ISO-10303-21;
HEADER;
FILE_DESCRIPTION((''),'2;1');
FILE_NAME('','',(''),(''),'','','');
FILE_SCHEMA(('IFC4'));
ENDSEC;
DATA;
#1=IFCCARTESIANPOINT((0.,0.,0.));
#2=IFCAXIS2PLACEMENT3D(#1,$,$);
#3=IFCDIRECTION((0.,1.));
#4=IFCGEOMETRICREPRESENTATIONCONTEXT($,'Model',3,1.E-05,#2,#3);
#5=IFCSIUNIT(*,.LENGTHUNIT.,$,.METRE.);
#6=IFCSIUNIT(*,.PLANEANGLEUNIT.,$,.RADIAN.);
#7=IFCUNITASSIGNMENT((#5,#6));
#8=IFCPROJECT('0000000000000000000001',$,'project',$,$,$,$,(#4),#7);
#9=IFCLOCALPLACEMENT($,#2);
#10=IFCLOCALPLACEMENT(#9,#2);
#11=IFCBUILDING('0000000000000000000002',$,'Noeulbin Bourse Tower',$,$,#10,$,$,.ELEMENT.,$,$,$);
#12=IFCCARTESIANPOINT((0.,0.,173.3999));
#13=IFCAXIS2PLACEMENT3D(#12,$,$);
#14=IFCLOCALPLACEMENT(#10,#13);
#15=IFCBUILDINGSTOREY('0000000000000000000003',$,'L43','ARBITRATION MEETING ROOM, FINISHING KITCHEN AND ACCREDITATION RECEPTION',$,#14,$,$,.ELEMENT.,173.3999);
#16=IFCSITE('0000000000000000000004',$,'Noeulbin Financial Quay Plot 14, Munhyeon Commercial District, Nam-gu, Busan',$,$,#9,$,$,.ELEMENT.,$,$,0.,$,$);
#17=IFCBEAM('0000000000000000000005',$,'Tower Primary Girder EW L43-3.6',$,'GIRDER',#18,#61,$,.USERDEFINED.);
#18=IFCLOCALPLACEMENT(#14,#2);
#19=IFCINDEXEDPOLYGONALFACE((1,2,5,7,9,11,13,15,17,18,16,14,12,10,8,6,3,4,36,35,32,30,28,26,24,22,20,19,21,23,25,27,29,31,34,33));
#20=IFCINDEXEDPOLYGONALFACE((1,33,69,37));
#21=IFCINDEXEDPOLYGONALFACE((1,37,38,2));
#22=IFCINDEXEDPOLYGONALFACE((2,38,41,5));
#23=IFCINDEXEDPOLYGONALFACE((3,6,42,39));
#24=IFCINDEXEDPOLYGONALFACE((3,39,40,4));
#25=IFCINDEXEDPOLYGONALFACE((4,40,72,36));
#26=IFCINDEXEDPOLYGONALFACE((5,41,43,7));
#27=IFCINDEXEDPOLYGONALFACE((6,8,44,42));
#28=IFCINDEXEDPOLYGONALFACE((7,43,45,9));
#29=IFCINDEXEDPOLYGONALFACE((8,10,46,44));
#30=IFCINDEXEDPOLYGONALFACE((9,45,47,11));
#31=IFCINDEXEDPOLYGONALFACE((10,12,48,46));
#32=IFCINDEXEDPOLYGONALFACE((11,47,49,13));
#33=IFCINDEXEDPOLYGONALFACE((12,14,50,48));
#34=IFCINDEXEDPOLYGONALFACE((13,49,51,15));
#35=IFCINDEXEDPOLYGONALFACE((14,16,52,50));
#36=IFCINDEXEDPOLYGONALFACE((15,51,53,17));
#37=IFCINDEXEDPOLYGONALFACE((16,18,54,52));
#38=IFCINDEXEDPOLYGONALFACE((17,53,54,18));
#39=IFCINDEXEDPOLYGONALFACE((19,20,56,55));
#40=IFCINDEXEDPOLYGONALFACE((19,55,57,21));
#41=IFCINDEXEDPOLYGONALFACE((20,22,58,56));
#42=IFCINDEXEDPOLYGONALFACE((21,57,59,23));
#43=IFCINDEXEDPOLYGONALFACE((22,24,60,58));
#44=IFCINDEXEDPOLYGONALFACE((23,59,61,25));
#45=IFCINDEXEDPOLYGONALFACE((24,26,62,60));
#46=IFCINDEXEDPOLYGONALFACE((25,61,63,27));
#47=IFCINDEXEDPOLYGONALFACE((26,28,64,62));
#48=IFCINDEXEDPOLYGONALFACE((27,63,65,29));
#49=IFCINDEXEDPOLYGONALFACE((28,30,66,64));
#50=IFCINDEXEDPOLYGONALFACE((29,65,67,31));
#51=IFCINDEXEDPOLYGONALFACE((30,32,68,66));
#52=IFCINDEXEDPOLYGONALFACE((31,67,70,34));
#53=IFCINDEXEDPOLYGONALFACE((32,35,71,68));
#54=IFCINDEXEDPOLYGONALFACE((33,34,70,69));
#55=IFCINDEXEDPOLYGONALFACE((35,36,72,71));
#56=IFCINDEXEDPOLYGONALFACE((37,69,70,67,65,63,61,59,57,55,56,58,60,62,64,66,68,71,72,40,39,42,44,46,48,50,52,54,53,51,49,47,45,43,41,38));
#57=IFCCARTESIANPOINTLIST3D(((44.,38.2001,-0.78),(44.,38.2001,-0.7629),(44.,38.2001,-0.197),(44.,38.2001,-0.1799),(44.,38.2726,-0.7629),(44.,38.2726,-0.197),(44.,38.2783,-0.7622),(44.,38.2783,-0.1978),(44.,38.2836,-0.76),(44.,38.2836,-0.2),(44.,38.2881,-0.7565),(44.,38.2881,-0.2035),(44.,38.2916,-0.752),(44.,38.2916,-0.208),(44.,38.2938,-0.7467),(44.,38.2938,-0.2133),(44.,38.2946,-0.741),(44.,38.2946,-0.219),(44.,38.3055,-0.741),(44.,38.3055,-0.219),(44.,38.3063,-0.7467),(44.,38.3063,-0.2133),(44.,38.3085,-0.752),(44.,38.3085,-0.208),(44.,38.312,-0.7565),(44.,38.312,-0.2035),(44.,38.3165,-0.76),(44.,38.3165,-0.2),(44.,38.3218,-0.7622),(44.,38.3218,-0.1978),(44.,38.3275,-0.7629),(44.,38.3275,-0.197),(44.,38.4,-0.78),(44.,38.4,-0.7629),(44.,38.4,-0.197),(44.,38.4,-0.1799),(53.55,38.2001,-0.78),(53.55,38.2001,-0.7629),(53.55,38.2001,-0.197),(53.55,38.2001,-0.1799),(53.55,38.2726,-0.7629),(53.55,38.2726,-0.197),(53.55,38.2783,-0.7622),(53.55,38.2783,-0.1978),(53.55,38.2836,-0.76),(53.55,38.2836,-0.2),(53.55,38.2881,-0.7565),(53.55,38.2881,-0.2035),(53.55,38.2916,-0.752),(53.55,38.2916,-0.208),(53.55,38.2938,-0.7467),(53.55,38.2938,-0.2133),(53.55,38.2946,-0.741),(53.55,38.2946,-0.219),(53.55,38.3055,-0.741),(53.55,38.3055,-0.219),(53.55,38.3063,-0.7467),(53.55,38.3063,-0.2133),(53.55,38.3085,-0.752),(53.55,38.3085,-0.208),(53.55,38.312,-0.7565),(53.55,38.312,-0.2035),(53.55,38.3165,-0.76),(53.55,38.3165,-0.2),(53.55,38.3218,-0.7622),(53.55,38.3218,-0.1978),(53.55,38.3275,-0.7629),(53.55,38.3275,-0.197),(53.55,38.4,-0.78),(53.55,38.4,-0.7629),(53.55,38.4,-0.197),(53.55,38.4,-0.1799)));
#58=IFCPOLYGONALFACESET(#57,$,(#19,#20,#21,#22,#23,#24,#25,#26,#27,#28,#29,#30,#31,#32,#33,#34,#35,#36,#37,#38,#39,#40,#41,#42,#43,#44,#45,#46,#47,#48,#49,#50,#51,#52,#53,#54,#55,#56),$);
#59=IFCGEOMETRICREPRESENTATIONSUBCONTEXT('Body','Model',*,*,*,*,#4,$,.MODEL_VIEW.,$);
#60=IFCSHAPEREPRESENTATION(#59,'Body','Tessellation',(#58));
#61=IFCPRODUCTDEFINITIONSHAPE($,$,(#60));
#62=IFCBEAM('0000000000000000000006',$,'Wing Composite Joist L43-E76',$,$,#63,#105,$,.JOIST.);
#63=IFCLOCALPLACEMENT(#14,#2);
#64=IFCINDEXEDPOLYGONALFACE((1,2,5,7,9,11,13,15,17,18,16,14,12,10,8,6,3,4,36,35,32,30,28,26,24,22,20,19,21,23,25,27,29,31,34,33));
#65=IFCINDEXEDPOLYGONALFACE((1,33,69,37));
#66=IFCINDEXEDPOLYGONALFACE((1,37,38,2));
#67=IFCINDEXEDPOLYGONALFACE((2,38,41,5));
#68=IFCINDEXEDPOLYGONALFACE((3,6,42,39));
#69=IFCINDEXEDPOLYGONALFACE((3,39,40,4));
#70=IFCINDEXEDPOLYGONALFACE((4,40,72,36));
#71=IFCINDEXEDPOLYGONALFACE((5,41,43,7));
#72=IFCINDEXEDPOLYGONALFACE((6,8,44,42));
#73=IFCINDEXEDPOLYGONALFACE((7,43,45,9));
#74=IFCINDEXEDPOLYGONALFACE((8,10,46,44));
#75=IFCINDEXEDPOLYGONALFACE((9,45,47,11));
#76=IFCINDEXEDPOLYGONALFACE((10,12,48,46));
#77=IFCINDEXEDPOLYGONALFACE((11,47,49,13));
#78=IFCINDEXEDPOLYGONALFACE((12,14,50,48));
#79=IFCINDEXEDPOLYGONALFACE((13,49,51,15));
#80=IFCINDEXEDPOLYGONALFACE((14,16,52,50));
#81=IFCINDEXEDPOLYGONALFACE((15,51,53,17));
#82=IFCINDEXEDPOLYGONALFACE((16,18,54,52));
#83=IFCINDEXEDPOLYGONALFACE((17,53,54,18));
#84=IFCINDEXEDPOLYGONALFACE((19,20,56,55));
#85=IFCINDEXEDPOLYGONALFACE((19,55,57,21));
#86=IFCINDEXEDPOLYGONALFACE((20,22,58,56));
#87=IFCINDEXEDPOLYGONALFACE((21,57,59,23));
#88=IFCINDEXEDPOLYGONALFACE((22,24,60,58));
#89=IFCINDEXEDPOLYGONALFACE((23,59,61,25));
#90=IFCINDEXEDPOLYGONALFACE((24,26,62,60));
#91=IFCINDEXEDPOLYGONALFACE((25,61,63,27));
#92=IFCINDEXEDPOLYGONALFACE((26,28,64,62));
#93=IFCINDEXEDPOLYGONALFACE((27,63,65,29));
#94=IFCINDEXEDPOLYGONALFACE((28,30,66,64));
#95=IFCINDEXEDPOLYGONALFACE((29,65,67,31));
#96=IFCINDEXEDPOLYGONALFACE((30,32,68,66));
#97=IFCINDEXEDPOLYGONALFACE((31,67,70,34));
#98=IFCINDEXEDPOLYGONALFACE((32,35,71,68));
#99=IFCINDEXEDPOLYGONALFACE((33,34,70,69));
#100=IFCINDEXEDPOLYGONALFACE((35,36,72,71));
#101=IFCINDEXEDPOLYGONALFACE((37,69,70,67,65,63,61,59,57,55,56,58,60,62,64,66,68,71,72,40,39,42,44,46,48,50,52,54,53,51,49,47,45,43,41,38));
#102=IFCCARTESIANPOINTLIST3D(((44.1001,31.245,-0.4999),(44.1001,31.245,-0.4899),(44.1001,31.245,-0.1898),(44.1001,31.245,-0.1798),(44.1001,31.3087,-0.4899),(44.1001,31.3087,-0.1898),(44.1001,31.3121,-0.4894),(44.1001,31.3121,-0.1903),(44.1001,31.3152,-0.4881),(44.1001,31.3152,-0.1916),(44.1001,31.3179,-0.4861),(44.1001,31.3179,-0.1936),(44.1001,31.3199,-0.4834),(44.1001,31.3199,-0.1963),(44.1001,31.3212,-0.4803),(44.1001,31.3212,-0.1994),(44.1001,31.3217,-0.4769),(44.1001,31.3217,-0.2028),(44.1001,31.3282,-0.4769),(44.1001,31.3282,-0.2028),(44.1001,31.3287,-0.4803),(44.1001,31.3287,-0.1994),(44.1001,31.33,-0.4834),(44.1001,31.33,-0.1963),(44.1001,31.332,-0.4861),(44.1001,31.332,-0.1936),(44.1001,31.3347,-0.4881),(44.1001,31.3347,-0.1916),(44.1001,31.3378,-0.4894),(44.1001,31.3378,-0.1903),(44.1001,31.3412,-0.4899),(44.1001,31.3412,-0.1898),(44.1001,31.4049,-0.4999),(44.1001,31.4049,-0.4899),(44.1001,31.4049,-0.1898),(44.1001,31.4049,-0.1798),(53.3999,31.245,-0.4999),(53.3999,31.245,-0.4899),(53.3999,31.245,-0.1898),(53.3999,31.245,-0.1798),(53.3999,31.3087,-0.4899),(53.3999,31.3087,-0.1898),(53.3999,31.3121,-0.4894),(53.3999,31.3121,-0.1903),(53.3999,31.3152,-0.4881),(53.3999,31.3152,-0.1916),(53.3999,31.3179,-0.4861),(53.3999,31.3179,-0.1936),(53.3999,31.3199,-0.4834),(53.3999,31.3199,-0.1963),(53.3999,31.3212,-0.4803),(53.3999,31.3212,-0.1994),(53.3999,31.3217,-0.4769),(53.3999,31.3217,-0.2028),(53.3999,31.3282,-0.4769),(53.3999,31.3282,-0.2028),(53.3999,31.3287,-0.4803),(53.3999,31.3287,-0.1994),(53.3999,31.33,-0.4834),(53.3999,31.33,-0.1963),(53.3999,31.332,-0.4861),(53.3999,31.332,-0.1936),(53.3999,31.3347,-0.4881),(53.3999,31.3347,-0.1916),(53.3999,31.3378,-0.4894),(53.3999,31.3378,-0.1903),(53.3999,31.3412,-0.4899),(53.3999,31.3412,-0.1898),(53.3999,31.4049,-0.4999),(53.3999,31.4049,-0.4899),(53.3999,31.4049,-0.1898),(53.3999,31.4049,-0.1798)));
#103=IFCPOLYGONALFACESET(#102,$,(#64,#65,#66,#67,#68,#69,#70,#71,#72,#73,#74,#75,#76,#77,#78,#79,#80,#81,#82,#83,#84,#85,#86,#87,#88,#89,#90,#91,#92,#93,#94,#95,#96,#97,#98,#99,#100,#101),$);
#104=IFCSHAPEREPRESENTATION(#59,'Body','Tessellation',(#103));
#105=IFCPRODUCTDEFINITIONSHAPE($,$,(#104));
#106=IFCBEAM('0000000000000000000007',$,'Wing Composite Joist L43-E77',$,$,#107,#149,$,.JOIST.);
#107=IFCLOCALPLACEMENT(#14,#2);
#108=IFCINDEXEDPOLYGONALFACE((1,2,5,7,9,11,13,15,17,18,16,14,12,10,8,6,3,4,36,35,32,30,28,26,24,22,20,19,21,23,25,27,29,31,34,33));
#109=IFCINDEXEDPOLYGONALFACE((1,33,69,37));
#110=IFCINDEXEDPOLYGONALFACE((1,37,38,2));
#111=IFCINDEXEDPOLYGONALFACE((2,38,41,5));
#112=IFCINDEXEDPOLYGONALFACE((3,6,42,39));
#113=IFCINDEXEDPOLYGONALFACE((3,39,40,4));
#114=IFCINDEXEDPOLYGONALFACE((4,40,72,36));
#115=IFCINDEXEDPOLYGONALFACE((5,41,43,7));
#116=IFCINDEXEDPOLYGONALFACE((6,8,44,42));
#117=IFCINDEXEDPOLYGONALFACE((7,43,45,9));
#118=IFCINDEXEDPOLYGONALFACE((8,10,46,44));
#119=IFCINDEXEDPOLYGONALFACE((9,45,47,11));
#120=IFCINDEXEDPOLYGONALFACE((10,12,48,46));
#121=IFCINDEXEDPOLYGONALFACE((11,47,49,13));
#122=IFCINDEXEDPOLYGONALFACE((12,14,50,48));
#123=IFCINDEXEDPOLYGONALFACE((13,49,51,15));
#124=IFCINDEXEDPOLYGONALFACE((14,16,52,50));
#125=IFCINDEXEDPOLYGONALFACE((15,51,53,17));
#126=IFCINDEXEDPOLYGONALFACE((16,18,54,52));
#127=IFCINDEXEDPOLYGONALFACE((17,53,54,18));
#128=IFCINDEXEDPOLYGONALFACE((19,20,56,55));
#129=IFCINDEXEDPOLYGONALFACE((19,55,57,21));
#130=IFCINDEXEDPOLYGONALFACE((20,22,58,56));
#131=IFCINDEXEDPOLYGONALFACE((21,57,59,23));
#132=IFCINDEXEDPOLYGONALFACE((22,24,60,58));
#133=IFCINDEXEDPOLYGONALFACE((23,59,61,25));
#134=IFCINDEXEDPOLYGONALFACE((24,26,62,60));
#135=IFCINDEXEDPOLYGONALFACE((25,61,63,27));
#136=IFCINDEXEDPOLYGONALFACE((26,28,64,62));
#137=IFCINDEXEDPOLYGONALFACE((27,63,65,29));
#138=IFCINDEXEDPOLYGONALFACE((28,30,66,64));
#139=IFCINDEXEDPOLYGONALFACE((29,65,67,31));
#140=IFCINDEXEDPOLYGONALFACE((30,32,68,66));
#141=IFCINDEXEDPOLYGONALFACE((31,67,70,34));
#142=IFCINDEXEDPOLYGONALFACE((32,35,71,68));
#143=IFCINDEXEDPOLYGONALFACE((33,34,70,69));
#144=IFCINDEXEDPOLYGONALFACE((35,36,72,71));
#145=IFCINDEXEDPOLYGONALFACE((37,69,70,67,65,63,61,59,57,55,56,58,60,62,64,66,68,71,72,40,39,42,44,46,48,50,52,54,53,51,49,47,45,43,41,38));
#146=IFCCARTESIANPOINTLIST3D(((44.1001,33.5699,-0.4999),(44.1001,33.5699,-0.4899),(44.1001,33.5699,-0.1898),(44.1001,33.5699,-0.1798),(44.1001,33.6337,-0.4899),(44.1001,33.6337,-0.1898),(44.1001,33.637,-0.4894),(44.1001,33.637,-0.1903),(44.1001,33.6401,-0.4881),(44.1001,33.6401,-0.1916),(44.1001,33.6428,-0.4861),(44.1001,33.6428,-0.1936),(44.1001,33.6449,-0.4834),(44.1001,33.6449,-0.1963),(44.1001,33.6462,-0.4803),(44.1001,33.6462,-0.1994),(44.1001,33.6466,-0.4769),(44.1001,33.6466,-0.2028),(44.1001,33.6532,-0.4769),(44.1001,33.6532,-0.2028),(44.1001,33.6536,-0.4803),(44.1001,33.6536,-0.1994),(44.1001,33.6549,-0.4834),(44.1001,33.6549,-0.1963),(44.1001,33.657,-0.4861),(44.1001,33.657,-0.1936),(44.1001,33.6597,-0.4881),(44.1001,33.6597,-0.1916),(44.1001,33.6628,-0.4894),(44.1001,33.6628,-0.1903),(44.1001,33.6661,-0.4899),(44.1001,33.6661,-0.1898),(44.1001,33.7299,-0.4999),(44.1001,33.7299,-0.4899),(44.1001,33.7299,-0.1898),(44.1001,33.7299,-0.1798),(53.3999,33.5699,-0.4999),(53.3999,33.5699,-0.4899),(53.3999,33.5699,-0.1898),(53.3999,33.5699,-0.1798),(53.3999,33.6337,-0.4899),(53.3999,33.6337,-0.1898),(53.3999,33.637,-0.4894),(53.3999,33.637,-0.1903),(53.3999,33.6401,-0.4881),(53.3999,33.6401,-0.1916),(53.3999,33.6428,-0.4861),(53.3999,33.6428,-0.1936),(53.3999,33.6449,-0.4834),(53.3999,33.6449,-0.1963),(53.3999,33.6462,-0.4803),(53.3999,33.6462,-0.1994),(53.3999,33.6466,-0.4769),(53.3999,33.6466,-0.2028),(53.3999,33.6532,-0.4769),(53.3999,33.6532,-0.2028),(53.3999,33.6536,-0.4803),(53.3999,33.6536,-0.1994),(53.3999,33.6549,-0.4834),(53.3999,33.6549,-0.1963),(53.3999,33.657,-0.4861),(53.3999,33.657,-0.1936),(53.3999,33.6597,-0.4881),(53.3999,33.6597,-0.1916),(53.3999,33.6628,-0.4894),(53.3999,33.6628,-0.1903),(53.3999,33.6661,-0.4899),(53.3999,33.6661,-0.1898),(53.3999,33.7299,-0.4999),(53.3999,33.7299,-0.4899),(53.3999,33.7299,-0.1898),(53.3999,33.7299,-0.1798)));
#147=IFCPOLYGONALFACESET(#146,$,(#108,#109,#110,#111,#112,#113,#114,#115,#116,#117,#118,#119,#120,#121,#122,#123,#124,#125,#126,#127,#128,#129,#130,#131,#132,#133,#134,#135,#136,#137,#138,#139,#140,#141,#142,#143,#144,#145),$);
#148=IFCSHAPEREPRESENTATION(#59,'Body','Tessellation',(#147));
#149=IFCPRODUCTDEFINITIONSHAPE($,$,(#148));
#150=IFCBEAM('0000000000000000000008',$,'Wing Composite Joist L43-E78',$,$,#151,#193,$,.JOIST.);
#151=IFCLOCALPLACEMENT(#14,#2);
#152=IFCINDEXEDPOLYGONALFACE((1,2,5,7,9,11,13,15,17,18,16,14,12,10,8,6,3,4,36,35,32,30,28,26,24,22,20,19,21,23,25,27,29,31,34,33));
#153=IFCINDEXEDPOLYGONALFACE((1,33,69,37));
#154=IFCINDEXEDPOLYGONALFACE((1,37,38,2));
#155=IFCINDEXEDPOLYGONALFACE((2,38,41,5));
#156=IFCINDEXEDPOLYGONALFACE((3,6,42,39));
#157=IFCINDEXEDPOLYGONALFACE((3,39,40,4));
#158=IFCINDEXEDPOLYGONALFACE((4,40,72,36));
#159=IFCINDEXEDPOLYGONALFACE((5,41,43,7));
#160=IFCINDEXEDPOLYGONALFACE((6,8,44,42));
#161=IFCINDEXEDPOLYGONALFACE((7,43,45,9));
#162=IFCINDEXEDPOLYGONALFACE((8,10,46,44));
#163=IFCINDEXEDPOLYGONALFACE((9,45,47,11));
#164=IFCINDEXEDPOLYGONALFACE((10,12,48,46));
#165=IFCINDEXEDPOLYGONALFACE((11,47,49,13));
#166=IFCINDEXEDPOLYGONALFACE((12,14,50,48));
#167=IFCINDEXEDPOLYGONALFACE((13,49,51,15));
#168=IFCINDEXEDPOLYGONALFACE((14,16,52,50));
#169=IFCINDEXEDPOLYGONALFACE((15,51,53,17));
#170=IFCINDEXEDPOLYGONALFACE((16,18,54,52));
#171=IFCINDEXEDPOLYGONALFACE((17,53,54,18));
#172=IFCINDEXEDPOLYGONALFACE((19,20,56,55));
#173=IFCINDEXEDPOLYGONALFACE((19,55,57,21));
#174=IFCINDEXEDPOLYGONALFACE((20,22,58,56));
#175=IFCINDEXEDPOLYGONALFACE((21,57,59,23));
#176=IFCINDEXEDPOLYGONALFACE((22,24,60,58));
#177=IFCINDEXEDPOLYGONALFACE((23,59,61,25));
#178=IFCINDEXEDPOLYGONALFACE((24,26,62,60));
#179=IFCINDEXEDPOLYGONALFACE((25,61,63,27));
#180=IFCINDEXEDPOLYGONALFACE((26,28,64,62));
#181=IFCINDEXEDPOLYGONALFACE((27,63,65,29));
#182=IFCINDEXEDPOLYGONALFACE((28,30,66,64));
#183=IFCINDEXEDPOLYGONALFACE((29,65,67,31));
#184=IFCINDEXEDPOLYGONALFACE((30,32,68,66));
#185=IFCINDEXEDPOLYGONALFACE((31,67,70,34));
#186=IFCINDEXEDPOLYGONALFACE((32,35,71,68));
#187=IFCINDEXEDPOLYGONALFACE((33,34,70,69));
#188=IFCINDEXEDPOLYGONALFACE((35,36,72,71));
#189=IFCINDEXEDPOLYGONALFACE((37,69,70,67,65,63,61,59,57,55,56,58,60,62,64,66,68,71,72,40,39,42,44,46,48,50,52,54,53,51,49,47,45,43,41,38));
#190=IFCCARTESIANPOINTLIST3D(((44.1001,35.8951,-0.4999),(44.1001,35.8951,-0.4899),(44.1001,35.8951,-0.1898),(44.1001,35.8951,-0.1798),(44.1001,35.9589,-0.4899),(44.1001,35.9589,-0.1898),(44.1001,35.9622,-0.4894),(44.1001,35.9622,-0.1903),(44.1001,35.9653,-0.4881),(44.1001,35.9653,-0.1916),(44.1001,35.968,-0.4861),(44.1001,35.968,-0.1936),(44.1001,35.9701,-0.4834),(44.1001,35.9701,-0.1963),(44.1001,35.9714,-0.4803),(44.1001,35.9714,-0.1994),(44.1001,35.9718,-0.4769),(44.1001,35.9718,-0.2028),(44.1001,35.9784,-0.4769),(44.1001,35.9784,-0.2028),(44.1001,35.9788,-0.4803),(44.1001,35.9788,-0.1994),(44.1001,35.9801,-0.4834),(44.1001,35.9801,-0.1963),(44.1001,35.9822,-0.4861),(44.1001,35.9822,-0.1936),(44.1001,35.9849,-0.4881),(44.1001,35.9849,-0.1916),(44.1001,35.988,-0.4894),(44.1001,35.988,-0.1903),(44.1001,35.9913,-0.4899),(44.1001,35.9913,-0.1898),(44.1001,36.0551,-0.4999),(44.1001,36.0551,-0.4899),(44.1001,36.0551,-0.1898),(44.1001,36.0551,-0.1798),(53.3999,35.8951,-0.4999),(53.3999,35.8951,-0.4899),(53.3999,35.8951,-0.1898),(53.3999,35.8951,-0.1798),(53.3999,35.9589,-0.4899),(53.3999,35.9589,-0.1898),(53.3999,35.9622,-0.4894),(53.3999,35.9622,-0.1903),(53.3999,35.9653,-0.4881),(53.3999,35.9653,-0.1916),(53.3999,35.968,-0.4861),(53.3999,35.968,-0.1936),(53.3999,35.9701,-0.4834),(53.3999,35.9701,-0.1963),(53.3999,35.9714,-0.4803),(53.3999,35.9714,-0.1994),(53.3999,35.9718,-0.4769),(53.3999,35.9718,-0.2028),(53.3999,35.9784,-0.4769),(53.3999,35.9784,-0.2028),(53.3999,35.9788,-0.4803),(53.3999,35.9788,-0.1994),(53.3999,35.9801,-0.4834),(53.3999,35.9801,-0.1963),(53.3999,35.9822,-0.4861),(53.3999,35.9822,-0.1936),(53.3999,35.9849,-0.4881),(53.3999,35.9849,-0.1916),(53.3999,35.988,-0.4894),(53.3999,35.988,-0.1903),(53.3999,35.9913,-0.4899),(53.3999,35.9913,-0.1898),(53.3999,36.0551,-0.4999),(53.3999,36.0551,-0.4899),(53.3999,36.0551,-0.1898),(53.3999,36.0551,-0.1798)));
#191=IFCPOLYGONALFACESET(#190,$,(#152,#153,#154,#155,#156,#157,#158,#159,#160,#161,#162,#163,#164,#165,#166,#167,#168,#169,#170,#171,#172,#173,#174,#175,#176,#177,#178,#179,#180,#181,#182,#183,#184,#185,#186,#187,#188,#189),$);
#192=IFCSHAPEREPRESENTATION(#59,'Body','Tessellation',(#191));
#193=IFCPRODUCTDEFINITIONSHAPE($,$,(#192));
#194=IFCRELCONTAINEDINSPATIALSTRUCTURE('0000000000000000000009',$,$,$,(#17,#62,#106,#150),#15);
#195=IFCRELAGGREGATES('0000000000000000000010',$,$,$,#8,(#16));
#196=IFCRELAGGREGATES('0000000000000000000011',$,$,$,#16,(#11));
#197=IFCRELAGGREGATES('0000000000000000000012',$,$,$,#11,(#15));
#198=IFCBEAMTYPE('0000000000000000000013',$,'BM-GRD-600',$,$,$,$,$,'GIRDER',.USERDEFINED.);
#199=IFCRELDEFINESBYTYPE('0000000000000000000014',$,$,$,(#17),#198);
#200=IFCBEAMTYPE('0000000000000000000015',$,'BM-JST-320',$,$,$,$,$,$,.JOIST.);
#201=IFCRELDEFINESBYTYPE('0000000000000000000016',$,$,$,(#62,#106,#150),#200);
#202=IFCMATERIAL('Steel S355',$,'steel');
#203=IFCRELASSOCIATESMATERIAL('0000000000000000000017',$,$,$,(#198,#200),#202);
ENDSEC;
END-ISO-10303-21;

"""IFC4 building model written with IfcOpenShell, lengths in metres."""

from ifc_helpers import new_model, si_unit, direction, frame, origin, origin_2d, place, context, subcontext, project, spatial, i_section, extrude, material, material_profile, profile_set, type_object, element, save


model = new_model("IFC4")

# Units and contexts
model_context = context("Model", 3, precision=1e-05, world=origin(), true_north=direction((0.0, 1.0)))
body_context = subcontext(model_context, "Body", "Model", "MODEL_VIEW")
ifc_project = project(units=[si_unit("LENGTHUNIT", "METRE"), si_unit("PLANEANGLEUNIT", "RADIAN")], contexts=[model_context])

# Site, building, storey
site_placement = place(None, origin())
site = spatial("IfcSite", under=ifc_project, at=site_placement, Name="Noeulbin Financial Quay Plot 14, Munhyeon Commercial District, Nam-gu, Busan", CompositionType="ELEMENT", RefElevation=0.0)
building_placement = place(site_placement, origin())
building = spatial("IfcBuilding", under=site, at=building_placement, Name="Noeulbin Bourse Tower", CompositionType="ELEMENT")
storey_placement = place(building_placement, frame((0.0, 0.0, 173.3999)))
storey = spatial("IfcBuildingStorey", under=building, at=storey_placement, Name="L43", Description="ARBITRATION MEETING ROOM, FINISHING KITCHEN AND ACCREDITATION RECEPTION", CompositionType="ELEMENT", Elevation=173.3999)

# Shared definitions
ifc_material_1 = material(Name="Steel S355", Category="steel")

# Beams
ifc_material_profile_1 = material_profile(ifc_material_1, i_section(OverallWidth=0.2, OverallDepth=0.6001, WebThickness=0.011, FlangeThickness=0.0171, FilletRadius=0.022, at=origin_2d()), Name="H-600x200x11x17", Category="LoadBearing")
ifc_profile_set_1 = profile_set([ifc_material_profile_1], Name="Steel S355")
beam_type_1 = type_object("IfcBeamType", Name="BM-GRD-600", ElementType="GIRDER", PredefinedType="USERDEFINED", material=ifc_profile_set_1)
beam_1_placement = place(storey_placement, frame((44.0, 38.3, -0.48), z_axis=(1.0, 0.0, 0.0), x_axis=(0.0, 1.0, 0.0)))
element("IfcBeam", 1, at=beam_1_placement, inside=storey, type_object=beam_type_1, Name="Tower Primary Girder EW L43-3.6", ObjectType="GIRDER", PredefinedType="USERDEFINED", context=body_context, shape_type="SweptSolid", body=[
    extrude(i_section(OverallWidth=0.2, OverallDepth=0.6001, WebThickness=0.011, FlangeThickness=0.0171, FilletRadius=0.022, at=origin_2d()), origin(), (0.0, 0.0, 1.0), 9.55),
])
ifc_material_profile_2 = material_profile(ifc_material_1, i_section(OverallWidth=0.1599, OverallDepth=0.3201, WebThickness=0.0066, FlangeThickness=0.01, FilletRadius=0.0129, at=origin_2d()), Name="H-320x160x6.5x10", Category="LoadBearing")
ifc_profile_set_2 = profile_set([ifc_material_profile_2], Name="Steel S355")
beam_type_2 = type_object("IfcBeamType", Name="BM-JST-320", PredefinedType="JOIST", material=ifc_profile_set_2)
for number, where, z_axis, x_axis, name in (
    (2, (44.1001, 31.325, -0.3398), (1.0, 0.0, 0.0), (0.0, 1.0, 0.0), "Wing Composite Joist L43-E76"),
    (3, (44.1001, 33.6499, -0.3398), (1.0, 0.0, 0.0), (0.0, 1.0, 0.0), "Wing Composite Joist L43-E77"),
    (4, (44.1001, 35.9751, -0.3398), (1.0, 0.0, 0.0), (0.0, 1.0, 0.0), "Wing Composite Joist L43-E78"),
):
    element("IfcBeam", number, at=place(storey_placement, frame(where, z_axis=z_axis, x_axis=x_axis)), inside=storey, type_object=beam_type_2, Name=name, PredefinedType="JOIST", context=body_context, shape_type="SweptSolid", body=[
        extrude(i_section(OverallWidth=0.1599, OverallDepth=0.3201, WebThickness=0.0066, FlangeThickness=0.01, FilletRadius=0.0129, at=origin_2d()), origin(), (0.0, 0.0, 1.0), 9.2998),
    ])

save(model, "model.ifc")
